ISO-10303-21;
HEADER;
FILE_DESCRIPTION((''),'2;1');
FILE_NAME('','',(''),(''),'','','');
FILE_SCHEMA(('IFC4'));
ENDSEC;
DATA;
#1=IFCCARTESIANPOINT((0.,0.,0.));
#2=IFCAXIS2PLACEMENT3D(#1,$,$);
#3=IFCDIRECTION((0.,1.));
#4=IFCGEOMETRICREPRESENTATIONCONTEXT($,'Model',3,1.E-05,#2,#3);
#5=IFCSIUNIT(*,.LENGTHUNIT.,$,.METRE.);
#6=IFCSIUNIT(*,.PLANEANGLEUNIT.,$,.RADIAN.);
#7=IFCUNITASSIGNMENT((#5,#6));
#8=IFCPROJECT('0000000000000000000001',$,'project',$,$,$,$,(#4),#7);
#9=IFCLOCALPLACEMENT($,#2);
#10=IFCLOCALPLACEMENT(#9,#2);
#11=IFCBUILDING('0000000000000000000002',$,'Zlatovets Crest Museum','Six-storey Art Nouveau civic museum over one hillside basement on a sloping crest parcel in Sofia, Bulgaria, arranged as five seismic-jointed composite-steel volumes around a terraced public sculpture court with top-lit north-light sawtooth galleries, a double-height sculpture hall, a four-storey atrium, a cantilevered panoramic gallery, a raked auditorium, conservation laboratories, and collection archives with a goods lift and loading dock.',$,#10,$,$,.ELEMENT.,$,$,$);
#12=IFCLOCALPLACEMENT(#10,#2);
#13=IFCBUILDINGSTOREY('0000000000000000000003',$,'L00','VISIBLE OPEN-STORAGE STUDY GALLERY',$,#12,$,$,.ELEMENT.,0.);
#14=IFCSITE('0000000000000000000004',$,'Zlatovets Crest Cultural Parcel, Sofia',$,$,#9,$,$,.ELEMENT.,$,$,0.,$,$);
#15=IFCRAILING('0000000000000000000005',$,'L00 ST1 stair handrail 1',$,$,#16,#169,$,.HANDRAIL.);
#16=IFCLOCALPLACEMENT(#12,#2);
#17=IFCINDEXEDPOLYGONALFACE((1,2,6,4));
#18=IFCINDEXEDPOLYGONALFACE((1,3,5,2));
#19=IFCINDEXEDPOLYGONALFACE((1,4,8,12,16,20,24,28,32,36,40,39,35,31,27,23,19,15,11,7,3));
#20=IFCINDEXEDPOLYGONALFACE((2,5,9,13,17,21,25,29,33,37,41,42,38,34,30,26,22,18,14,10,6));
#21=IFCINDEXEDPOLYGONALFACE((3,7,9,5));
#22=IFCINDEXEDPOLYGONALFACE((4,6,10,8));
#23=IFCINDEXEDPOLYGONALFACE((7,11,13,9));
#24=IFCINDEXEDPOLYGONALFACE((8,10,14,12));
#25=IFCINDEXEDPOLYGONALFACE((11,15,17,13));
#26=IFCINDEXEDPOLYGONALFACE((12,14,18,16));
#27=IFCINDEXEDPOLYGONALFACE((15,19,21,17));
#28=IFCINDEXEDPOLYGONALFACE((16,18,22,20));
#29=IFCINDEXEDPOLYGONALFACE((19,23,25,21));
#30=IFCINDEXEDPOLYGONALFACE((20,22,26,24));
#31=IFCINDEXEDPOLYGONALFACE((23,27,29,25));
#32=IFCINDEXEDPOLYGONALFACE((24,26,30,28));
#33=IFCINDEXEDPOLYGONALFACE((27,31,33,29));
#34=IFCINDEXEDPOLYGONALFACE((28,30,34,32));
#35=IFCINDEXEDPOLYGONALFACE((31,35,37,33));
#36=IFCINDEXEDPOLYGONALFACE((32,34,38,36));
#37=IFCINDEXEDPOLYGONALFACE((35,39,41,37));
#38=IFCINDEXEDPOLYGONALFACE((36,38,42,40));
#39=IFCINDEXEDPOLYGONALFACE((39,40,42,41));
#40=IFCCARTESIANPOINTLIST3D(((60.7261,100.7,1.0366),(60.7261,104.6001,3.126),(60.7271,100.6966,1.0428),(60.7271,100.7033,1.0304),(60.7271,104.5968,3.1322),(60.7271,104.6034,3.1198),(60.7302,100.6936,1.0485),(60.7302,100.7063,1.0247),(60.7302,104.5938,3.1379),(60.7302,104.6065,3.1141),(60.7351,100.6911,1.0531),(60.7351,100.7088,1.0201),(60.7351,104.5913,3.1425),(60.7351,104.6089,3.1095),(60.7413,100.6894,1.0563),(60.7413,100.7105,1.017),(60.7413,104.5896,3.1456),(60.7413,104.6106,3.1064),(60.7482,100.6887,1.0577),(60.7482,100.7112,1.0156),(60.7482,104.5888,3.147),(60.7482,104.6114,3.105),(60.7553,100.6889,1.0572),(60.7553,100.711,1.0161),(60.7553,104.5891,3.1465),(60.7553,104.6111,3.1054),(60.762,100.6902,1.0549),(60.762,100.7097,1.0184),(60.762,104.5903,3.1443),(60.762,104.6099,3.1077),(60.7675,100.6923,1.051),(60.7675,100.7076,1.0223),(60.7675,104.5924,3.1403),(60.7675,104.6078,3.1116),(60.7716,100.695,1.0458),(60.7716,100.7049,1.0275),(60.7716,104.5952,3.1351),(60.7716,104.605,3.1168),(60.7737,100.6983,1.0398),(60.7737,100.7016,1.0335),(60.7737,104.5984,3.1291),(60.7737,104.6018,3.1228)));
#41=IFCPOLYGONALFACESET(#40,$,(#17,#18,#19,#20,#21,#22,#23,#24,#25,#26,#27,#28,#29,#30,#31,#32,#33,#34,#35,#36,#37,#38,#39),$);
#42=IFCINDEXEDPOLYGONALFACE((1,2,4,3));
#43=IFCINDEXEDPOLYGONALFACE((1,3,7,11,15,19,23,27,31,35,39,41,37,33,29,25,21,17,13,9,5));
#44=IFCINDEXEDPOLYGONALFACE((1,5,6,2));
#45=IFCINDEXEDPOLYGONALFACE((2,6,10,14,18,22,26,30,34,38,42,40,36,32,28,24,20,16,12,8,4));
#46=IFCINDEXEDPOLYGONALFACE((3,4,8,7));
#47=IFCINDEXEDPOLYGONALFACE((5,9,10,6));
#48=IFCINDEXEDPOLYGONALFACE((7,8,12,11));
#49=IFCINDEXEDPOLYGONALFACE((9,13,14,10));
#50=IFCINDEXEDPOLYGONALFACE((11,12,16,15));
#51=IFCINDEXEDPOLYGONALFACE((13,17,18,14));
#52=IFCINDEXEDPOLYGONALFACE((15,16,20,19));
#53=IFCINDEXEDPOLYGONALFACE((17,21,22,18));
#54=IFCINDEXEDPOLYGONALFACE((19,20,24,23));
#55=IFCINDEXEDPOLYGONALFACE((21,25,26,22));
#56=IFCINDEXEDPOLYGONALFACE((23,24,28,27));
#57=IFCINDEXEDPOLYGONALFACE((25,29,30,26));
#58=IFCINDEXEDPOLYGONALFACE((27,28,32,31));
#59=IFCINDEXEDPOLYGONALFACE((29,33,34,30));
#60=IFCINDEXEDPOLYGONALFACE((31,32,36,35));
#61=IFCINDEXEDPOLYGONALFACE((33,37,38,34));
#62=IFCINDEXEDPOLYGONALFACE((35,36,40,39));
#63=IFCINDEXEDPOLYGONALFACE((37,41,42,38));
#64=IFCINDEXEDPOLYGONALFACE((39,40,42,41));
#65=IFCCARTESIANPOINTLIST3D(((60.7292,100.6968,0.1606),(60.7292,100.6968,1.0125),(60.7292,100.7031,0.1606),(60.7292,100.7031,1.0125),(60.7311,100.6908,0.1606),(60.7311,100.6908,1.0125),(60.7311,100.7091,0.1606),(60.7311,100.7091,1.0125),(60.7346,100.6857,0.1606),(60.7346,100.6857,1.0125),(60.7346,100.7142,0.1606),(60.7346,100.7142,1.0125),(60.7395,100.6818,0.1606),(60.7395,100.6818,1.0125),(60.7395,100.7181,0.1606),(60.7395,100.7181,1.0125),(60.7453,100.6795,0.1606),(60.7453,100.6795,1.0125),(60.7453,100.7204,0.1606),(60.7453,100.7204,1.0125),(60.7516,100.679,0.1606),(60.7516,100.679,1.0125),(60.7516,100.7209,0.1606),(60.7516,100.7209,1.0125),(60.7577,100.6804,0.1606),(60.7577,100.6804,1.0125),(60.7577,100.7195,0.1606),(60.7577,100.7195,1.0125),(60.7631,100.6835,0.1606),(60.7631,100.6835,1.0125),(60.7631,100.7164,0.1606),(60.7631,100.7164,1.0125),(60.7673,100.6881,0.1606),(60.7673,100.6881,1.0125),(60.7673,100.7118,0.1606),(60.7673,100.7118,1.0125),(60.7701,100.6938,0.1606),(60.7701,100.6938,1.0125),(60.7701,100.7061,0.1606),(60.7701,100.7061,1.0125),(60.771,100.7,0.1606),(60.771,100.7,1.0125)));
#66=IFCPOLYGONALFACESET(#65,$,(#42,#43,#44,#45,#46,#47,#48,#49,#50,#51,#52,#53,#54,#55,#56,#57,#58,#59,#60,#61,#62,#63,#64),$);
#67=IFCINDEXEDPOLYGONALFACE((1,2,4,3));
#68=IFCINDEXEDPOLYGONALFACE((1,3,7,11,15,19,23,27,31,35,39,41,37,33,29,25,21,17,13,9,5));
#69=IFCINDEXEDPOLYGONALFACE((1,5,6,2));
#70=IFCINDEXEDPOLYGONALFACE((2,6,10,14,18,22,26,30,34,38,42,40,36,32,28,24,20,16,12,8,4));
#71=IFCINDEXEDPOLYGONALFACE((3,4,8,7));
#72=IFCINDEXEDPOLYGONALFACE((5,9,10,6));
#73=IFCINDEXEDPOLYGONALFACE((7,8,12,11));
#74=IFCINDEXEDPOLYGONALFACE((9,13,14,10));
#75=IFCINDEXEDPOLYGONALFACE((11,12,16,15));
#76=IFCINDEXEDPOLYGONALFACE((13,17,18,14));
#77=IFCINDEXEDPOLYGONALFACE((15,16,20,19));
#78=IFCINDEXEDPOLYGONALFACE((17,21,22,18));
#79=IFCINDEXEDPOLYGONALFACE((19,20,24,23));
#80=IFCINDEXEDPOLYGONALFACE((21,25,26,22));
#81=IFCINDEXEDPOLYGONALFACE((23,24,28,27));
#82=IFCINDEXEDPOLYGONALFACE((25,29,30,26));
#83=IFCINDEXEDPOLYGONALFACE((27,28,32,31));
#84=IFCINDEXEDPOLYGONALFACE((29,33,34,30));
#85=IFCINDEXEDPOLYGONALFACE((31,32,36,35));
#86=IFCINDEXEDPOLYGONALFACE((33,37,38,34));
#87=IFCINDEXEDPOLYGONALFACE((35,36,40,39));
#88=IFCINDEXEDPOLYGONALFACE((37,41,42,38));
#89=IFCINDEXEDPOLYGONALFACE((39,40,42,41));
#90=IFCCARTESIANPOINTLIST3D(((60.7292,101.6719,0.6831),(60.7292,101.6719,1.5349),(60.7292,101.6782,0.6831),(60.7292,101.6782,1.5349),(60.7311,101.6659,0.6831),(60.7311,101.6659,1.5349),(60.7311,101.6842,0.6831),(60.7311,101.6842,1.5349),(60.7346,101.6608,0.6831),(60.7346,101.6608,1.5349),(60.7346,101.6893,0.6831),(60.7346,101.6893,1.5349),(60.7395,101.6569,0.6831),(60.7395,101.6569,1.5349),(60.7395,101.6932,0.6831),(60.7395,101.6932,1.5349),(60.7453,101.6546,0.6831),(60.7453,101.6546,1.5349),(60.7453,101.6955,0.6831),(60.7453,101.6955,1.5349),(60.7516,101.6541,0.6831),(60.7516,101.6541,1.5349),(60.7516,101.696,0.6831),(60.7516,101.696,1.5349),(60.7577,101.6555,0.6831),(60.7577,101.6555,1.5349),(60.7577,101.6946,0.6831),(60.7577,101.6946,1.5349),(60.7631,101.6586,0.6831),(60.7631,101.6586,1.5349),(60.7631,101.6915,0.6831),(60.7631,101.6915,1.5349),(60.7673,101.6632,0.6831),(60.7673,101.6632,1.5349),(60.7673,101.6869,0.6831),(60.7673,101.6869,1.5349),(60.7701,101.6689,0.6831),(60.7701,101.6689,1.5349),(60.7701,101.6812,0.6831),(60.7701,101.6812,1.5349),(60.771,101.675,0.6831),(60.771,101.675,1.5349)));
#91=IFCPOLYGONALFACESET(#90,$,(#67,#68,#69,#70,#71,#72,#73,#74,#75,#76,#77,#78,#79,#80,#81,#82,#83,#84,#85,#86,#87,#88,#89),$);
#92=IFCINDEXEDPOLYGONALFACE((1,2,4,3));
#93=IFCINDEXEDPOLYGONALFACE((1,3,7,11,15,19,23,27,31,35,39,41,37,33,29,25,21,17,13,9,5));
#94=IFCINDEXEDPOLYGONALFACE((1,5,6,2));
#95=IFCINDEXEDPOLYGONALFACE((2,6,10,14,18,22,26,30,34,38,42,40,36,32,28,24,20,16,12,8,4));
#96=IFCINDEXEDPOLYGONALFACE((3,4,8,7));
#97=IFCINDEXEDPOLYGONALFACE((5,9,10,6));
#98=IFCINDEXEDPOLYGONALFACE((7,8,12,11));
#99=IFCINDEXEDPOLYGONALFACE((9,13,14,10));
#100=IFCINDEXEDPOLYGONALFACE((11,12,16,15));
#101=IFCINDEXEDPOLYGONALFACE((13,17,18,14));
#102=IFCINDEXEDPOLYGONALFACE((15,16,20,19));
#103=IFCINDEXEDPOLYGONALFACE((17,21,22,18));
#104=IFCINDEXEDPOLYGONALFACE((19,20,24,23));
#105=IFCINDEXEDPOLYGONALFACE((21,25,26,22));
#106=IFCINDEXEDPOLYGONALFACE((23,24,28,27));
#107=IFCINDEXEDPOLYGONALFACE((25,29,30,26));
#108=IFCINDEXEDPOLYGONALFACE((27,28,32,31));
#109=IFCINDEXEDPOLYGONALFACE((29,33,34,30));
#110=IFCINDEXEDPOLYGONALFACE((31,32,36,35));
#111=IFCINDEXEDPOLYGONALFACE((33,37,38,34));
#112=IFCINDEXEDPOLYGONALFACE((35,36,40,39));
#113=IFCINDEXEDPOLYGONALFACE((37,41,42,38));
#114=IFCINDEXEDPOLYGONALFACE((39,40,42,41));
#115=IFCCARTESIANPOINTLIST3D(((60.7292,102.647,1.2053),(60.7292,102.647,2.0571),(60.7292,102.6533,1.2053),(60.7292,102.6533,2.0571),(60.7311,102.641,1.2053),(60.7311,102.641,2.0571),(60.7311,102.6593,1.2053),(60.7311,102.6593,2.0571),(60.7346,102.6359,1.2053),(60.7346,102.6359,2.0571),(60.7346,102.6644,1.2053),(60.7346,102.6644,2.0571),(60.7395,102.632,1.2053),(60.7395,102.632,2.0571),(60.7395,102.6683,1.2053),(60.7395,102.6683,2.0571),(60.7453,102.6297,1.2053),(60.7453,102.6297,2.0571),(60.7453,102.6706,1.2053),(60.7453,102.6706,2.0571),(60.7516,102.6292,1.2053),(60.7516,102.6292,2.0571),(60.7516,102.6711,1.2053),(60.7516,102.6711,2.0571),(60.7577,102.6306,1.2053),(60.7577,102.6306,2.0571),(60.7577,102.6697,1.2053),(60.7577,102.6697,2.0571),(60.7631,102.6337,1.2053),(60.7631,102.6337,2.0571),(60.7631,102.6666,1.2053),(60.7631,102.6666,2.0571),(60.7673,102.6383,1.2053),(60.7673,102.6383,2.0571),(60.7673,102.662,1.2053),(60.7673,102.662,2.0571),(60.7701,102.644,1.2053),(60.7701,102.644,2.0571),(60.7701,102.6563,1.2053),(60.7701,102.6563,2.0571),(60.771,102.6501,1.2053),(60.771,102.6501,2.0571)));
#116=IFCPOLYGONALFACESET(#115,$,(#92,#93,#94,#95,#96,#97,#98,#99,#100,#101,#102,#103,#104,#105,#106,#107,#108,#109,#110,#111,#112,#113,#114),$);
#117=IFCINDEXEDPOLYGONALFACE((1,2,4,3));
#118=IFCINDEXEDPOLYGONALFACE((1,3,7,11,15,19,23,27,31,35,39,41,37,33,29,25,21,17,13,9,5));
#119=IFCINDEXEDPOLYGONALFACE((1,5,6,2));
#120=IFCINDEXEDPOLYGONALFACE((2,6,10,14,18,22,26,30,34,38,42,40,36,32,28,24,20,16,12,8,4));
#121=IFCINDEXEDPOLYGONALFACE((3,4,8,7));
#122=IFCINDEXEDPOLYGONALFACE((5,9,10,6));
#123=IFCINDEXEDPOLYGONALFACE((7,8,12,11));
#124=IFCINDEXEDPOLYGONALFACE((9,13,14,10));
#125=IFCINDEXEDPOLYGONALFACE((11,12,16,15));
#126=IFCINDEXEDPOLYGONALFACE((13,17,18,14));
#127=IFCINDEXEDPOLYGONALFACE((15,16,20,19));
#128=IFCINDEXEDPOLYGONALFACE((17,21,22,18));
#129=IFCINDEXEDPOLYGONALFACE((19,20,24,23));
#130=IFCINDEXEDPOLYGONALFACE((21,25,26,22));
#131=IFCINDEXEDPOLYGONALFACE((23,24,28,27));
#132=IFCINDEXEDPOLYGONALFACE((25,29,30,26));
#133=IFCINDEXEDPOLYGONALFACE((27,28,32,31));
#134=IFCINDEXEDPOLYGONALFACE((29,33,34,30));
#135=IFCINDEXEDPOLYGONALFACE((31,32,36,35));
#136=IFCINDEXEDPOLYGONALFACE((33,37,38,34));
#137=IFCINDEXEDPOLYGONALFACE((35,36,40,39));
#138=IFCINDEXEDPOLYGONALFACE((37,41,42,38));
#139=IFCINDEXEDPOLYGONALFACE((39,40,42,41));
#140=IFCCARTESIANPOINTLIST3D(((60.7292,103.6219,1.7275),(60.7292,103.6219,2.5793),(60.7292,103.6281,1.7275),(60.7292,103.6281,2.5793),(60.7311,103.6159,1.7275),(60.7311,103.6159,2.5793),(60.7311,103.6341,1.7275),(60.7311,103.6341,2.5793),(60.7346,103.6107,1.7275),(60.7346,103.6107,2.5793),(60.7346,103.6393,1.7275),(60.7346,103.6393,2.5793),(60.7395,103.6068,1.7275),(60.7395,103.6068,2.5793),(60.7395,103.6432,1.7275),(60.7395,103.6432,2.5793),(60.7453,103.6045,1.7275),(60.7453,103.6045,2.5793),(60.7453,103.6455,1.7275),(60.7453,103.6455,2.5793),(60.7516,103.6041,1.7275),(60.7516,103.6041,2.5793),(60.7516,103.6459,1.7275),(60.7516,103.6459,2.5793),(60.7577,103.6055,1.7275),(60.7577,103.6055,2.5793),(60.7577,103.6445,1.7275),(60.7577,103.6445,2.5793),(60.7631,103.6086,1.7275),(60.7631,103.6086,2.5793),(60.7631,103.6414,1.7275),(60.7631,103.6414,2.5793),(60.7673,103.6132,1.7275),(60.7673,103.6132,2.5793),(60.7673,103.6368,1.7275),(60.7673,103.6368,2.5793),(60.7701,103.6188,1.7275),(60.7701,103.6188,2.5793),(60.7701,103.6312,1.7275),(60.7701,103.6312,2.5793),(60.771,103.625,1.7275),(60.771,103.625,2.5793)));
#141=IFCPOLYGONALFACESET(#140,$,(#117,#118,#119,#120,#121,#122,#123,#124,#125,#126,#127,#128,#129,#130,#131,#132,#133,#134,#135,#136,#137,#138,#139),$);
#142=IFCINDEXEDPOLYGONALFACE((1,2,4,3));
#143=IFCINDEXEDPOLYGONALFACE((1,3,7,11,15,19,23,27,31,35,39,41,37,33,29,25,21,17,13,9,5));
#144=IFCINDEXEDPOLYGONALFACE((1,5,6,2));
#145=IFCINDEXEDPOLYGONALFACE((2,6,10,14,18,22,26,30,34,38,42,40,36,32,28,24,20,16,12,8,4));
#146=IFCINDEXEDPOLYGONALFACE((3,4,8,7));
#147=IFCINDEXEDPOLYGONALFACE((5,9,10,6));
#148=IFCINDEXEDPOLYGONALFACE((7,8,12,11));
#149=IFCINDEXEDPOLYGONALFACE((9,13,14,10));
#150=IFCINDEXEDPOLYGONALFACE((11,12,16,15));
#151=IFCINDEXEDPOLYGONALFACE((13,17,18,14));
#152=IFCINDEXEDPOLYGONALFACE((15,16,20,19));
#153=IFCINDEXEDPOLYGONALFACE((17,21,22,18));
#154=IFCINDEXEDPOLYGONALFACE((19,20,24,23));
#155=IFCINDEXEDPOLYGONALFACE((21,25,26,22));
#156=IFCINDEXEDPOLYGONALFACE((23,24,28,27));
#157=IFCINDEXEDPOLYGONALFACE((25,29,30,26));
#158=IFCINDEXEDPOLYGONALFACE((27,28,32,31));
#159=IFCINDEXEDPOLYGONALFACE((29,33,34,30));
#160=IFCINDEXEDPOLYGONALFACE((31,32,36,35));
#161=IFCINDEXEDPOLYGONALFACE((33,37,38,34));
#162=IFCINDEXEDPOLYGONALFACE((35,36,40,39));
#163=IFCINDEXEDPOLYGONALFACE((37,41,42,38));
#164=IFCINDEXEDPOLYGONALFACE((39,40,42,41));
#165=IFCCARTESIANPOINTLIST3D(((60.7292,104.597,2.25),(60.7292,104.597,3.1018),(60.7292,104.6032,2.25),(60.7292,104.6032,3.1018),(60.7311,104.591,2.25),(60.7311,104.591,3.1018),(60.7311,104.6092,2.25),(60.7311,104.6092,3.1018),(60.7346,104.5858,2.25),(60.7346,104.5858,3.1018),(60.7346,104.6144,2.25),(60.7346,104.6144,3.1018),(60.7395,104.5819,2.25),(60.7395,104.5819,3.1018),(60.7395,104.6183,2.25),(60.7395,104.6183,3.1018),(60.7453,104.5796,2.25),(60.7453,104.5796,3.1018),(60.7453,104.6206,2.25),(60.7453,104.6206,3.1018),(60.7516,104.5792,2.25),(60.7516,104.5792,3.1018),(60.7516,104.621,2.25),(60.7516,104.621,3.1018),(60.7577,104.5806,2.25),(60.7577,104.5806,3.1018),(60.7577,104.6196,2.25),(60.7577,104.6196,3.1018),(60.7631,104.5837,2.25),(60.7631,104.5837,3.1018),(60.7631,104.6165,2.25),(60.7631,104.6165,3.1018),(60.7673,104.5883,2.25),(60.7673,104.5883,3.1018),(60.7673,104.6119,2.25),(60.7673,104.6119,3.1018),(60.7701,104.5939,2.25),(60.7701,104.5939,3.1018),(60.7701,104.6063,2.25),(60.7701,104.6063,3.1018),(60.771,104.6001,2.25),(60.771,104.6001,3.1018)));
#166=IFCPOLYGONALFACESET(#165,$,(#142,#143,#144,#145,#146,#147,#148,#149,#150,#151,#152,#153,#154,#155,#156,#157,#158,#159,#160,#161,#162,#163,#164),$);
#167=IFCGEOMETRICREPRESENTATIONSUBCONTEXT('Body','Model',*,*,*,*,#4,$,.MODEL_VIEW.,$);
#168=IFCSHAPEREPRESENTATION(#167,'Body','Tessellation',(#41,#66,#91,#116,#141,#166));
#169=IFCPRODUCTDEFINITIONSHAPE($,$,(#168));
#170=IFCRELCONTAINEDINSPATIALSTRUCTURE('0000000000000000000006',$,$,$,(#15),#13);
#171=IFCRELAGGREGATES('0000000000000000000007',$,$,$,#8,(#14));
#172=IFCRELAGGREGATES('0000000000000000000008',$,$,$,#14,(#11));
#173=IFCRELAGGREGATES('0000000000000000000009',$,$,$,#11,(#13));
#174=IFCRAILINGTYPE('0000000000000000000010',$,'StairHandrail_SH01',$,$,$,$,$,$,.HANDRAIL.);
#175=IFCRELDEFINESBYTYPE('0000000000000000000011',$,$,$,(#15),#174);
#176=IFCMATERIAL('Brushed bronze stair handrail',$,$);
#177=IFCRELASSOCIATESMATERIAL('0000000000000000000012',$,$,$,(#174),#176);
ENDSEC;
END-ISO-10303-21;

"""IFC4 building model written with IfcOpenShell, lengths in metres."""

from ifc_helpers import new_model, si_unit, direction, frame, origin, origin_2d, place, context, subcontext, project, spatial, circle, extrude, material, type_object, element, save


model = new_model("IFC4")

# Units and contexts
model_context = context("Model", 3, precision=1e-05, world=origin(), true_north=direction((0.0, 1.0)))
body_context = subcontext(model_context, "Body", "Model", "MODEL_VIEW")
ifc_project = project(units=[si_unit("LENGTHUNIT", "METRE"), si_unit("PLANEANGLEUNIT", "RADIAN")], contexts=[model_context])

# Site, building, storey
site_placement = place(None, origin())
site = spatial("IfcSite", under=ifc_project, at=site_placement, Name="Zlatovets Crest Cultural Parcel, Sofia", CompositionType="ELEMENT", RefElevation=0.0)
building_placement = place(site_placement, origin())
building = spatial("IfcBuilding", under=site, at=building_placement, Name="Zlatovets Crest Museum", Description="Six-storey Art Nouveau civic museum over one hillside basement on a sloping crest parcel in Sofia, Bulgaria, arranged as five seismic-jointed composite-steel volumes around a terraced public sculpture court with top-lit north-light sawtooth galleries, a double-height sculpture hall, a four-storey atrium, a cantilevered panoramic gallery, a raked auditorium, conservation laboratories, and collection archives with a goods lift and loading dock.", CompositionType="ELEMENT")
storey_placement = place(building_placement, origin())
storey = spatial("IfcBuildingStorey", under=building, at=storey_placement, Name="L00", Description="VISIBLE OPEN-STORAGE STUDY GALLERY", CompositionType="ELEMENT", Elevation=0.0)

# Railing
ifc_material_1 = material(Name="Brushed bronze stair handrail")
railing_type_1 = type_object("IfcRailingType", Name="StairHandrail_SH01", PredefinedType="HANDRAIL", material=ifc_material_1)
railing_1_placement = place(storey_placement, frame((60.75, 100.7, 0.1606)))
element("IfcRailing", 1, at=railing_1_placement, inside=storey, type_object=railing_type_1, Name="L00 ST1 stair handrail 1", PredefinedType="HANDRAIL", context=body_context, shape_type="SweptSolid", body=[
    extrude(circle(Radius=0.0239, at=origin_2d()), frame((0.0, 0.0, 0.876), z_axis=(0.0, 0.881481, 0.47222), x_axis=(-1.0, 0.0, 0.0)), (0.0, 0.0, 1.0), 4.4246),
    extrude(circle(Radius=0.021, at=origin_2d()), origin(), (0.0, 0.0, 1.0), 0.8518),
    extrude(circle(Radius=0.021, at=origin_2d()), frame((0.0, 0.9751, 0.5225)), (0.0, 0.0, 1.0), 0.8518),
    extrude(circle(Radius=0.021, at=origin_2d()), frame((0.0, 1.9502, 1.0447)), (0.0, 0.0, 1.0), 0.8518),
    extrude(circle(Radius=0.021, at=origin_2d()), frame((0.0, 2.925, 1.5669)), (0.0, 0.0, 1.0), 0.8518),
    extrude(circle(Radius=0.021, at=origin_2d()), frame((0.0, 3.9001, 2.0894)), (0.0, 0.0, 1.0), 0.8518),
])

save(model, "model.ifc")
